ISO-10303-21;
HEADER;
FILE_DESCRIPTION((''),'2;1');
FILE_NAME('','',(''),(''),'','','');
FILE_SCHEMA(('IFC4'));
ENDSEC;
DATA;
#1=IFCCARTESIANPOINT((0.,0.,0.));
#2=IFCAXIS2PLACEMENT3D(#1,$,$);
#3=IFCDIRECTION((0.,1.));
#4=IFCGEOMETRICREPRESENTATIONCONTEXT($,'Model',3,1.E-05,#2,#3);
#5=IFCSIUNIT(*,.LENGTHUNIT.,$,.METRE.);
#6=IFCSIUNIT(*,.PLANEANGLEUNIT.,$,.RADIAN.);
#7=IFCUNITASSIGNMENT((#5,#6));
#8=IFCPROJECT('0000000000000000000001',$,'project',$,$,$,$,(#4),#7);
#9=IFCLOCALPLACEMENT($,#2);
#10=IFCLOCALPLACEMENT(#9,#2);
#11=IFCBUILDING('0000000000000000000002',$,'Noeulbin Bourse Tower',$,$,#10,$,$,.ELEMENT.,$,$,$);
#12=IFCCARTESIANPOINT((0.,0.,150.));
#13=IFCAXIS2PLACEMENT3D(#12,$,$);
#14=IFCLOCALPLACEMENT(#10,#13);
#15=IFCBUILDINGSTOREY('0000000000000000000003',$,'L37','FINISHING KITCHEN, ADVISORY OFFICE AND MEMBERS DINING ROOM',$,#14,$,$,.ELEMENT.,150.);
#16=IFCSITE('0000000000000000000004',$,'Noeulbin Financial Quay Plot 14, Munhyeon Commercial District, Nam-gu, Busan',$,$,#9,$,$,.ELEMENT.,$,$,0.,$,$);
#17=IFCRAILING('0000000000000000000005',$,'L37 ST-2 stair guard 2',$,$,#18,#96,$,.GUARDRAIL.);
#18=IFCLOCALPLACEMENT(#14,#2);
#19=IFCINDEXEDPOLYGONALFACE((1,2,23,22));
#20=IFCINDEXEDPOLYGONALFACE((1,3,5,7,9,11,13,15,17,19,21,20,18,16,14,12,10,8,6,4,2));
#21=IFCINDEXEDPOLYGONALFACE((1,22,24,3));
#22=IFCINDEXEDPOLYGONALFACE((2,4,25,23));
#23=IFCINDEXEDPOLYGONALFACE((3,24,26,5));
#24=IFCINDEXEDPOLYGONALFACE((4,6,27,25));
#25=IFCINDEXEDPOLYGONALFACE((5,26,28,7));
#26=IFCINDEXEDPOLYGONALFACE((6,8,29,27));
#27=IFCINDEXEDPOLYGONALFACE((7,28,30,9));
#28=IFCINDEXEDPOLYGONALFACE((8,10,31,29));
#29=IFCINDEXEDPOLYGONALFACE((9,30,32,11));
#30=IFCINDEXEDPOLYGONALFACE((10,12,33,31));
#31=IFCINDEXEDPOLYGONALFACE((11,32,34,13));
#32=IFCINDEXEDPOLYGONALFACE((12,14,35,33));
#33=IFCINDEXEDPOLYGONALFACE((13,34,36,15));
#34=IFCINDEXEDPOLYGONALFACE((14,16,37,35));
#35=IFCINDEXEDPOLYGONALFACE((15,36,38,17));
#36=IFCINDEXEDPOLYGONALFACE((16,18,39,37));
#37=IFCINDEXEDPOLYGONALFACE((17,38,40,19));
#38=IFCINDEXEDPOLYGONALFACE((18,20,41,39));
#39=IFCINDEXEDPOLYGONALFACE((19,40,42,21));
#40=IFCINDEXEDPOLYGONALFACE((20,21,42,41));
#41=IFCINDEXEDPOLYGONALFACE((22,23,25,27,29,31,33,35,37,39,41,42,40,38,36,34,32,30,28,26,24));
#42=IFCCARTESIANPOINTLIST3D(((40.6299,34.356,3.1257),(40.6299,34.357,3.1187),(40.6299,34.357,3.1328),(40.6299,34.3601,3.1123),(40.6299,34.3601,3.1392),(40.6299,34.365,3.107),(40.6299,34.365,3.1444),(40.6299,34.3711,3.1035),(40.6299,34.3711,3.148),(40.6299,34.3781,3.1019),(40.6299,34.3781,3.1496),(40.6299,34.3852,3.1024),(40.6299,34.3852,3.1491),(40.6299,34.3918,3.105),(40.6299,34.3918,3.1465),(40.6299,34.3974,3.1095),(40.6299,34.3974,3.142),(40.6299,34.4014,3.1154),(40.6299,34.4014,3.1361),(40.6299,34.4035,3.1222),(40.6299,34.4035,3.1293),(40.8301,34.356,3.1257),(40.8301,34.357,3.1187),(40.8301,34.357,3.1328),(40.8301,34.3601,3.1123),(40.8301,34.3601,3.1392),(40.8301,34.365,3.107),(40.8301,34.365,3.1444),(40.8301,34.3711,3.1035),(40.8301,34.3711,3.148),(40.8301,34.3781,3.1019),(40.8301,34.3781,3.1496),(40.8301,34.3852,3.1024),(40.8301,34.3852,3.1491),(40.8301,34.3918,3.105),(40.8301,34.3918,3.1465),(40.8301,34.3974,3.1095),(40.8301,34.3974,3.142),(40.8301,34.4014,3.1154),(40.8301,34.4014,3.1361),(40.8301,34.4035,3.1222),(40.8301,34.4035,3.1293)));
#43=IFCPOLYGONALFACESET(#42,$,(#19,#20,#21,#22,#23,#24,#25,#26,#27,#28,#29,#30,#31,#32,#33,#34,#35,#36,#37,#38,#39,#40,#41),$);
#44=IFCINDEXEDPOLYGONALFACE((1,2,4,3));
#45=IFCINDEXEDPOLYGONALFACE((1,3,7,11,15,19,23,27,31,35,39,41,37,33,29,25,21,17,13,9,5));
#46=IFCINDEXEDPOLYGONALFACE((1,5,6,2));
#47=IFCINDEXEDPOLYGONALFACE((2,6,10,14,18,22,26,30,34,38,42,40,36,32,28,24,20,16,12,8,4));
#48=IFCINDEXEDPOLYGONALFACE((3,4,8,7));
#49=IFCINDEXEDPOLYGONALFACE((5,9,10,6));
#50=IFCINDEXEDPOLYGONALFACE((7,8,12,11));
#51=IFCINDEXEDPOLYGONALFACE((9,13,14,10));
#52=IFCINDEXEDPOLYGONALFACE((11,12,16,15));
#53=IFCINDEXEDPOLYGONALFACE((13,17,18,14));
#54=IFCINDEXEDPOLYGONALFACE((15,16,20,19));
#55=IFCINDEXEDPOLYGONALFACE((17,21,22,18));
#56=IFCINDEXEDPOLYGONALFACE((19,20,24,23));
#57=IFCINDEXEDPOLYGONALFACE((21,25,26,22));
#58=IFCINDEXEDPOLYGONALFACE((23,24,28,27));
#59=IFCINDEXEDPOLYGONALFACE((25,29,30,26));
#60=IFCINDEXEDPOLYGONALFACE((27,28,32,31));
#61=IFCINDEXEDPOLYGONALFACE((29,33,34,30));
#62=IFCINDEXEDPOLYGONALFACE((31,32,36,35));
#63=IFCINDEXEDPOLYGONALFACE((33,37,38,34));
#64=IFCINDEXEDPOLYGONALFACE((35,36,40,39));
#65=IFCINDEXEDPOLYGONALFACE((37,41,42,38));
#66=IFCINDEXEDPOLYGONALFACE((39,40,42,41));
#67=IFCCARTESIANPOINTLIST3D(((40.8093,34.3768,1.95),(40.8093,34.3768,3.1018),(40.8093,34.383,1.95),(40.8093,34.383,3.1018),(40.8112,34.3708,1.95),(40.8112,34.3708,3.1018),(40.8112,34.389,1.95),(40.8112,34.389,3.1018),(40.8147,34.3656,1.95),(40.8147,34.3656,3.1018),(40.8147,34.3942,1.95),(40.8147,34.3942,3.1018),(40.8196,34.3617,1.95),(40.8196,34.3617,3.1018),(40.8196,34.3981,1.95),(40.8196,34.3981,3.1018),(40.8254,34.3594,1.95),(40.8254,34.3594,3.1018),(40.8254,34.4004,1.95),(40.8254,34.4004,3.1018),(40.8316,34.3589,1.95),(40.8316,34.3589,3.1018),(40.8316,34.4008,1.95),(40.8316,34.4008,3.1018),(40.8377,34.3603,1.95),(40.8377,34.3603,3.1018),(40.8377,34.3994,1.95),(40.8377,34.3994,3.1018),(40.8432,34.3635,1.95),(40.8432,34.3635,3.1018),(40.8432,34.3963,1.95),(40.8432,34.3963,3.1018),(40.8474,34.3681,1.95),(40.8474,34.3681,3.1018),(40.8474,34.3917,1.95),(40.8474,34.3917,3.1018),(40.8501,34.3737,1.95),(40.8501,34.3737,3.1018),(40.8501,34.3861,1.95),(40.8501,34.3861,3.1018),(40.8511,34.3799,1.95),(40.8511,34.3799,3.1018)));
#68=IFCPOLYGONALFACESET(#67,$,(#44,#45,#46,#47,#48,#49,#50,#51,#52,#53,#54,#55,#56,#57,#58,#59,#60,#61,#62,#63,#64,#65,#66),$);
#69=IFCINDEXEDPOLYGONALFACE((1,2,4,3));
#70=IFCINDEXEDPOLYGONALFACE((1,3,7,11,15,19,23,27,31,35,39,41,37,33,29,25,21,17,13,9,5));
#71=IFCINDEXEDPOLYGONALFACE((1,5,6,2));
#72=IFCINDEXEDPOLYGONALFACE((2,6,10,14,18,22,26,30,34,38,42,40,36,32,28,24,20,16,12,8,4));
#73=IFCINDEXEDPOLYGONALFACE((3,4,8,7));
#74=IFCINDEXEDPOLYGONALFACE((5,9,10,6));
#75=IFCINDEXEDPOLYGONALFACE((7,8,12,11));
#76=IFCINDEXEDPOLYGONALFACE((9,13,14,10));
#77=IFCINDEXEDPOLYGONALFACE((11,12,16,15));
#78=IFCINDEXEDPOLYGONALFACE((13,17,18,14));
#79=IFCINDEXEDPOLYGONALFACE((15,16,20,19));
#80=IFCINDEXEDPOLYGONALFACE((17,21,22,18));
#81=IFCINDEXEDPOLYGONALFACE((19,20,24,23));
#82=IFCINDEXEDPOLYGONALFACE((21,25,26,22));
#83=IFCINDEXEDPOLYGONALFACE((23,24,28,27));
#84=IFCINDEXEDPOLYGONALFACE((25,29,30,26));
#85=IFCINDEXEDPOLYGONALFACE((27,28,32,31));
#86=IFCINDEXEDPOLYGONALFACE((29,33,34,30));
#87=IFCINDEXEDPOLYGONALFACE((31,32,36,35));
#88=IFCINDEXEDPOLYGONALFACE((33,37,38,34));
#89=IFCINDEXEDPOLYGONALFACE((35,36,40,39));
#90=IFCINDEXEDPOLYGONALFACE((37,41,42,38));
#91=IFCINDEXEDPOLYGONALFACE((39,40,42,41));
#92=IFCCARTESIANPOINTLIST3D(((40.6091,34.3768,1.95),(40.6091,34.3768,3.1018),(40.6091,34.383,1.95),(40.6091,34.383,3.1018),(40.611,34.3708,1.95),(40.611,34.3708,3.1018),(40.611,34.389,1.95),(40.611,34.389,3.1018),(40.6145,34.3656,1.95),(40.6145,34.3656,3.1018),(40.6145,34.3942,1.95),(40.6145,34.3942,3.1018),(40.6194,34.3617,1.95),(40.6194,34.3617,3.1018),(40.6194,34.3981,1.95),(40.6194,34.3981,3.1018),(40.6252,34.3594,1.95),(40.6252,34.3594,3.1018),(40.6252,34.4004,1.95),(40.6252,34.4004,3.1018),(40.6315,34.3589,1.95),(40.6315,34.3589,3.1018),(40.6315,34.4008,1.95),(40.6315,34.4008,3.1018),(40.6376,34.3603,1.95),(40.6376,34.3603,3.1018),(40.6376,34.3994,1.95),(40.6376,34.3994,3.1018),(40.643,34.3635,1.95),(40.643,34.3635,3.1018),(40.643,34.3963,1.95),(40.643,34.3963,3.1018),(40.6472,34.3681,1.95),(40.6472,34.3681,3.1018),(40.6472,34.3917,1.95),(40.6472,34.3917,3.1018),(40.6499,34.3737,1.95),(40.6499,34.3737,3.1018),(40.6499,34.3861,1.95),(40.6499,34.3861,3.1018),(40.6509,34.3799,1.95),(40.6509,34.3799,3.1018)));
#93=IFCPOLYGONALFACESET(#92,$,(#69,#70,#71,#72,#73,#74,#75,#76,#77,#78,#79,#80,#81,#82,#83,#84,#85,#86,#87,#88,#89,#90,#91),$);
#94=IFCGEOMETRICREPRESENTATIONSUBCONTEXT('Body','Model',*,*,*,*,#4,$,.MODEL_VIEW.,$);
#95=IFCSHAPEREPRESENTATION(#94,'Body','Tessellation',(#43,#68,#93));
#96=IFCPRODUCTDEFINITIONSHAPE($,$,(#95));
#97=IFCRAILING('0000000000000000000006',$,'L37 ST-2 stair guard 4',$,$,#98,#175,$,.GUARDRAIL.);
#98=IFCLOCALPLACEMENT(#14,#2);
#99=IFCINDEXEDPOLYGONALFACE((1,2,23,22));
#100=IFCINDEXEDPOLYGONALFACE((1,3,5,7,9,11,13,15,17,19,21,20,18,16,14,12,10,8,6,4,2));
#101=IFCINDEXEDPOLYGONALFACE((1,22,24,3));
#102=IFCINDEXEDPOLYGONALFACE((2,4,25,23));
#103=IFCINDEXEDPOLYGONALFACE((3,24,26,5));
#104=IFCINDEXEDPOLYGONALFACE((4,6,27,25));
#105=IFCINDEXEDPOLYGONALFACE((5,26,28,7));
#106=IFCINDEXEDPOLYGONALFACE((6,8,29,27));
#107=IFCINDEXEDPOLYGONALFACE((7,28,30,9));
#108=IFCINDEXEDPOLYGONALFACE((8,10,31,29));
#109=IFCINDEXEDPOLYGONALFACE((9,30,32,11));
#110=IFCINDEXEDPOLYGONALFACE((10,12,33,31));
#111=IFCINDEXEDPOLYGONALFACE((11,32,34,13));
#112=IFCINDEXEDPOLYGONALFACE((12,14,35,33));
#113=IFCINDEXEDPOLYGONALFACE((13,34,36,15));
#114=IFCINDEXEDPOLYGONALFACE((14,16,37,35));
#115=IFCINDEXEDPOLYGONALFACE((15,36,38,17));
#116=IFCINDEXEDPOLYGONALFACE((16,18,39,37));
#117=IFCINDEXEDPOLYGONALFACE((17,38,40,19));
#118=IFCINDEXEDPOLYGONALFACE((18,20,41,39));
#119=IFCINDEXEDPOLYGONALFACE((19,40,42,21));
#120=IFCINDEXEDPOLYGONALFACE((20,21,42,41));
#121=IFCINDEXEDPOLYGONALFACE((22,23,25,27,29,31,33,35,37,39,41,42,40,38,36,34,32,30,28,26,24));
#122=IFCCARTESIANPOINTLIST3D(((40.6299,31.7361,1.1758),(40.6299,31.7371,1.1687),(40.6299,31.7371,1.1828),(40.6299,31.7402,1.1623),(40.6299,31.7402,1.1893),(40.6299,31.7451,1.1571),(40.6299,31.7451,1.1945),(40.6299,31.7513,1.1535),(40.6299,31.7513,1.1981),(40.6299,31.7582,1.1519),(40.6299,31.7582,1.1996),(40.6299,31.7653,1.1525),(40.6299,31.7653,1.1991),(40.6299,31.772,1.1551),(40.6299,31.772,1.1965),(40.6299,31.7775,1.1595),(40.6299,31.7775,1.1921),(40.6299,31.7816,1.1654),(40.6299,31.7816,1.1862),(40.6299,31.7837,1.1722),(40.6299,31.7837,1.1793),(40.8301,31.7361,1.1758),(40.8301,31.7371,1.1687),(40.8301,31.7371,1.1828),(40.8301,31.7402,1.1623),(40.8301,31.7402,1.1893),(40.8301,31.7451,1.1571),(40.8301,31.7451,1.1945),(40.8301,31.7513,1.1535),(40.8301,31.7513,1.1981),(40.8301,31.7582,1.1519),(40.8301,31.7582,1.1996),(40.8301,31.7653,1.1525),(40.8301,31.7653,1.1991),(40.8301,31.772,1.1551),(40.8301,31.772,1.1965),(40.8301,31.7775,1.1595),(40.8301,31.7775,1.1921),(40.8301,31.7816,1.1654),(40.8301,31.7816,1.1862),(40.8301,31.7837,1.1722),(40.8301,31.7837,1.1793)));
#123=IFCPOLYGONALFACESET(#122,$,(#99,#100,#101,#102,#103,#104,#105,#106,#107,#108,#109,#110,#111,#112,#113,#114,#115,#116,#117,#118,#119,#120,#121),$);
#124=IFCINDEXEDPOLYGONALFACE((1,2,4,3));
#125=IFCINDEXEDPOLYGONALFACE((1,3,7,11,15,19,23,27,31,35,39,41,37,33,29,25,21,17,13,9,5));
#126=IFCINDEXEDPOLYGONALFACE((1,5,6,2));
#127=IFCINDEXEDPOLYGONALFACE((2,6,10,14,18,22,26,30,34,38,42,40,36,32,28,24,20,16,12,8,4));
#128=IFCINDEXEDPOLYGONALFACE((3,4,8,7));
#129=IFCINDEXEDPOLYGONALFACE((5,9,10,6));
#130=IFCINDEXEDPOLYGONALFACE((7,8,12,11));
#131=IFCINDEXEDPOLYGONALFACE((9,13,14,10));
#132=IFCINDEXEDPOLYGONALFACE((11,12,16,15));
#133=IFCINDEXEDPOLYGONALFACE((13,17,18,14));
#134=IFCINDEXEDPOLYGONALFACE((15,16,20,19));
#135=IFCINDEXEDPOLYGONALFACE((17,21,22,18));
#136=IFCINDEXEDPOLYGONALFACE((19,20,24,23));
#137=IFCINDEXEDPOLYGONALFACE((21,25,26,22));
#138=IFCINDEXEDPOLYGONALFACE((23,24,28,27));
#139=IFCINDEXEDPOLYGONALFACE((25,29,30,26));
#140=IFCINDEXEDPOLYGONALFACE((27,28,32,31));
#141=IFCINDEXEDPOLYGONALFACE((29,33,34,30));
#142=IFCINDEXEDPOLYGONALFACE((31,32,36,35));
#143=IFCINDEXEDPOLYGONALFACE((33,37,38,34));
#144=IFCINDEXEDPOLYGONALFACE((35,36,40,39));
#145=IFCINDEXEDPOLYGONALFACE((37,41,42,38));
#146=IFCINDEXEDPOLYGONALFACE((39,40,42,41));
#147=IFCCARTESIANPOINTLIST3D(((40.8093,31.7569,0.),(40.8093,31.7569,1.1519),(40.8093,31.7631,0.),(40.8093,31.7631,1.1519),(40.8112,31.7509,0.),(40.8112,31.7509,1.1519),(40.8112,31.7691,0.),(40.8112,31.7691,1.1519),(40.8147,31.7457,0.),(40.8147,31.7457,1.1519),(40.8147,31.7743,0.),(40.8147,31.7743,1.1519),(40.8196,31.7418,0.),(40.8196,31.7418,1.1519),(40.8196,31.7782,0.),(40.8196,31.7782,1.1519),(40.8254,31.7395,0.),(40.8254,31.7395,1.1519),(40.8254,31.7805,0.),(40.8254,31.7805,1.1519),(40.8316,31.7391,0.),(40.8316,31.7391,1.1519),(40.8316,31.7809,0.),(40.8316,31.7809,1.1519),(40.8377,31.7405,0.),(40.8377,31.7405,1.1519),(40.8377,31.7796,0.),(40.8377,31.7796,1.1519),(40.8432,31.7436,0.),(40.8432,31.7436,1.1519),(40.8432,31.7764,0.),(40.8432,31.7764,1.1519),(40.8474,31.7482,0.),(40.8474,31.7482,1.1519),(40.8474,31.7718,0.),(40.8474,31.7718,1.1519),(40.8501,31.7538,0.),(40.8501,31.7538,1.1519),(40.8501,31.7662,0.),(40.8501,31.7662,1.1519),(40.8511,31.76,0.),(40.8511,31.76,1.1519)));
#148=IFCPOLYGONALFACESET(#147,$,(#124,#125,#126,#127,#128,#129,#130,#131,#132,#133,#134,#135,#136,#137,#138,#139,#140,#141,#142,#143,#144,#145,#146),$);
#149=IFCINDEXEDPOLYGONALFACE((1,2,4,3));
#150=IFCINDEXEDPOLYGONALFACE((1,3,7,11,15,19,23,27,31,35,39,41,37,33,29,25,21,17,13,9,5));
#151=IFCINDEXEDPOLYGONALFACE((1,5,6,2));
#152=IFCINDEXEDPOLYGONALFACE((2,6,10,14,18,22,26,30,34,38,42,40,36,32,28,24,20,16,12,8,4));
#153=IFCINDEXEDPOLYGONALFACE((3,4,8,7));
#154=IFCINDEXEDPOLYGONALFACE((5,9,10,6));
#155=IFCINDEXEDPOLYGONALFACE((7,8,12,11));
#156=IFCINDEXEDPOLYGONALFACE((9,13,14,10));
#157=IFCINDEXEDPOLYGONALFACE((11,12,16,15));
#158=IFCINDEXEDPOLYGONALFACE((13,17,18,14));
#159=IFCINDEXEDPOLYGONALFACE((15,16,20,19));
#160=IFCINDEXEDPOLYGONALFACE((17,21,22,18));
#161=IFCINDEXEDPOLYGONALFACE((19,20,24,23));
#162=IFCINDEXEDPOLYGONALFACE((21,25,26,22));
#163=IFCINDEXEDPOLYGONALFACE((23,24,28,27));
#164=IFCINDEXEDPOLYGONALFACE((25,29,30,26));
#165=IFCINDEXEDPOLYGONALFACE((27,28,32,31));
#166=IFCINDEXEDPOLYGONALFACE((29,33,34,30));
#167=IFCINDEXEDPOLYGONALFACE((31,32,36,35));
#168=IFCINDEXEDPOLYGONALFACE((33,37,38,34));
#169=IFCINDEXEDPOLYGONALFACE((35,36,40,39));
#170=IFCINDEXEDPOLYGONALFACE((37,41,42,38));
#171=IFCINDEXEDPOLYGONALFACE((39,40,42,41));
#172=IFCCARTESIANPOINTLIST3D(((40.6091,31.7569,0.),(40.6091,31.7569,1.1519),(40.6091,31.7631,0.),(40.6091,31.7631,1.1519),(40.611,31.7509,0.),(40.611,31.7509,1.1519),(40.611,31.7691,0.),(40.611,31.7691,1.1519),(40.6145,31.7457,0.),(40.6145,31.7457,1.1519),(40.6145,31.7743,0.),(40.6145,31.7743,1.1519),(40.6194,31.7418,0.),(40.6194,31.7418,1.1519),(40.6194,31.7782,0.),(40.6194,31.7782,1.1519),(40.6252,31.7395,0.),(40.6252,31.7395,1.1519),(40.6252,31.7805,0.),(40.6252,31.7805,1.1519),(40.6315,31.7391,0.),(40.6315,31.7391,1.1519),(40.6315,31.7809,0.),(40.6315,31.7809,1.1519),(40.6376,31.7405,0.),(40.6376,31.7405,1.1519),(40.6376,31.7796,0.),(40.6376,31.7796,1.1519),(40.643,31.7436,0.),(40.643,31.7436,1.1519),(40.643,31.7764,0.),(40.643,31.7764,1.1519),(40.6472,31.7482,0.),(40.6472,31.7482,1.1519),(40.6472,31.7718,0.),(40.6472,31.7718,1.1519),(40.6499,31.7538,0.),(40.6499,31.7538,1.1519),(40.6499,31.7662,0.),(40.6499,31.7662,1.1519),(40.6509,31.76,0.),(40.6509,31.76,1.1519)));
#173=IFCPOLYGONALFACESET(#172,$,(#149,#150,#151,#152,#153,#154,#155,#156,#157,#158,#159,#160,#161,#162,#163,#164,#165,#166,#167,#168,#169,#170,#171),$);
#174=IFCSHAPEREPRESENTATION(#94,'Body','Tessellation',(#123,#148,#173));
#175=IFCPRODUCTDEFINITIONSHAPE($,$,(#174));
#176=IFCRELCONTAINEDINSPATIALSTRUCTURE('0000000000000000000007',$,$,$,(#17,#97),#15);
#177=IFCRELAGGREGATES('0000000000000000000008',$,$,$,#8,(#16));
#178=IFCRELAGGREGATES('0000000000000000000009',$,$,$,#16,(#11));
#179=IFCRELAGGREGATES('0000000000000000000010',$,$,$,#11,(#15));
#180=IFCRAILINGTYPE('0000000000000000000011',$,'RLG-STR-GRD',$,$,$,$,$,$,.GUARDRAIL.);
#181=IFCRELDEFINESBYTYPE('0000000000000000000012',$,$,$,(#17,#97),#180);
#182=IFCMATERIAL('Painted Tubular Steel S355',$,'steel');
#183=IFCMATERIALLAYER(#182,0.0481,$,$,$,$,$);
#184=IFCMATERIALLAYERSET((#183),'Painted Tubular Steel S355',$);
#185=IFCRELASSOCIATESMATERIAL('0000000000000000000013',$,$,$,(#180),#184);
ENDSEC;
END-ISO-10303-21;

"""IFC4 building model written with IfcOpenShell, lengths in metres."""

from ifc_helpers import new_model, si_unit, direction, frame, origin, origin_2d, place, context, subcontext, project, spatial, circle, extrude, material, layer, layer_set, type_object, element, save


model = new_model("IFC4")

# Units and contexts
model_context = context("Model", 3, precision=1e-05, world=origin(), true_north=direction((0.0, 1.0)))
body_context = subcontext(model_context, "Body", "Model", "MODEL_VIEW")
ifc_project = project(units=[si_unit("LENGTHUNIT", "METRE"), si_unit("PLANEANGLEUNIT", "RADIAN")], contexts=[model_context])

# Site, building, storey
site_placement = place(None, origin())
site = spatial("IfcSite", under=ifc_project, at=site_placement, Name="Noeulbin Financial Quay Plot 14, Munhyeon Commercial District, Nam-gu, Busan", CompositionType="ELEMENT", RefElevation=0.0)
building_placement = place(site_placement, origin())
building = spatial("IfcBuilding", under=site, at=building_placement, Name="Noeulbin Bourse Tower", CompositionType="ELEMENT")
storey_placement = place(building_placement, frame((0.0, 0.0, 150.0)))
storey = spatial("IfcBuildingStorey", under=building, at=storey_placement, Name="L37", Description="FINISHING KITCHEN, ADVISORY OFFICE AND MEMBERS DINING ROOM", CompositionType="ELEMENT", Elevation=150.0)

# Railings
ifc_material_1 = material(Name="Painted Tubular Steel S355", Category="steel")
ifc_layer_1 = layer(ifc_material_1, 0.0481)
ifc_layer_set_1 = layer_set([ifc_layer_1], Name="Painted Tubular Steel S355")
railing_type_1 = type_object("IfcRailingType", Name="RLG-STR-GRD", PredefinedType="GUARDRAIL", material=ifc_layer_set_1)
for number, where, name in (
    (1, (40.8301, 34.3799, 1.95), "L37 ST-2 stair guard 2"),
    (2, (40.8301, 31.76, 0.0), "L37 ST-2 stair guard 4"),
):
    element("IfcRailing", number, at=place(storey_placement, frame(where)), inside=storey, type_object=railing_type_1, Name=name, PredefinedType="GUARDRAIL", context=body_context, shape_type="SweptSolid", body=[
        extrude(circle(Radius=0.0239, at=origin_2d()), frame((0.0, 0.0, 1.1758), z_axis=(-1.0, 0.0, 0.0), x_axis=(0.0, -1.0, 0.0)), (0.0, 0.0, 1.0), 0.2002),
        extrude(circle(Radius=0.021, at=origin_2d()), origin(), (0.0, 0.0, 1.0), 1.1519),
        extrude(circle(Radius=0.021, at=origin_2d()), frame((-0.2002, 0.0, 0.0)), (0.0, 0.0, 1.0), 1.1519),
    ])

save(model, "model.ifc")
